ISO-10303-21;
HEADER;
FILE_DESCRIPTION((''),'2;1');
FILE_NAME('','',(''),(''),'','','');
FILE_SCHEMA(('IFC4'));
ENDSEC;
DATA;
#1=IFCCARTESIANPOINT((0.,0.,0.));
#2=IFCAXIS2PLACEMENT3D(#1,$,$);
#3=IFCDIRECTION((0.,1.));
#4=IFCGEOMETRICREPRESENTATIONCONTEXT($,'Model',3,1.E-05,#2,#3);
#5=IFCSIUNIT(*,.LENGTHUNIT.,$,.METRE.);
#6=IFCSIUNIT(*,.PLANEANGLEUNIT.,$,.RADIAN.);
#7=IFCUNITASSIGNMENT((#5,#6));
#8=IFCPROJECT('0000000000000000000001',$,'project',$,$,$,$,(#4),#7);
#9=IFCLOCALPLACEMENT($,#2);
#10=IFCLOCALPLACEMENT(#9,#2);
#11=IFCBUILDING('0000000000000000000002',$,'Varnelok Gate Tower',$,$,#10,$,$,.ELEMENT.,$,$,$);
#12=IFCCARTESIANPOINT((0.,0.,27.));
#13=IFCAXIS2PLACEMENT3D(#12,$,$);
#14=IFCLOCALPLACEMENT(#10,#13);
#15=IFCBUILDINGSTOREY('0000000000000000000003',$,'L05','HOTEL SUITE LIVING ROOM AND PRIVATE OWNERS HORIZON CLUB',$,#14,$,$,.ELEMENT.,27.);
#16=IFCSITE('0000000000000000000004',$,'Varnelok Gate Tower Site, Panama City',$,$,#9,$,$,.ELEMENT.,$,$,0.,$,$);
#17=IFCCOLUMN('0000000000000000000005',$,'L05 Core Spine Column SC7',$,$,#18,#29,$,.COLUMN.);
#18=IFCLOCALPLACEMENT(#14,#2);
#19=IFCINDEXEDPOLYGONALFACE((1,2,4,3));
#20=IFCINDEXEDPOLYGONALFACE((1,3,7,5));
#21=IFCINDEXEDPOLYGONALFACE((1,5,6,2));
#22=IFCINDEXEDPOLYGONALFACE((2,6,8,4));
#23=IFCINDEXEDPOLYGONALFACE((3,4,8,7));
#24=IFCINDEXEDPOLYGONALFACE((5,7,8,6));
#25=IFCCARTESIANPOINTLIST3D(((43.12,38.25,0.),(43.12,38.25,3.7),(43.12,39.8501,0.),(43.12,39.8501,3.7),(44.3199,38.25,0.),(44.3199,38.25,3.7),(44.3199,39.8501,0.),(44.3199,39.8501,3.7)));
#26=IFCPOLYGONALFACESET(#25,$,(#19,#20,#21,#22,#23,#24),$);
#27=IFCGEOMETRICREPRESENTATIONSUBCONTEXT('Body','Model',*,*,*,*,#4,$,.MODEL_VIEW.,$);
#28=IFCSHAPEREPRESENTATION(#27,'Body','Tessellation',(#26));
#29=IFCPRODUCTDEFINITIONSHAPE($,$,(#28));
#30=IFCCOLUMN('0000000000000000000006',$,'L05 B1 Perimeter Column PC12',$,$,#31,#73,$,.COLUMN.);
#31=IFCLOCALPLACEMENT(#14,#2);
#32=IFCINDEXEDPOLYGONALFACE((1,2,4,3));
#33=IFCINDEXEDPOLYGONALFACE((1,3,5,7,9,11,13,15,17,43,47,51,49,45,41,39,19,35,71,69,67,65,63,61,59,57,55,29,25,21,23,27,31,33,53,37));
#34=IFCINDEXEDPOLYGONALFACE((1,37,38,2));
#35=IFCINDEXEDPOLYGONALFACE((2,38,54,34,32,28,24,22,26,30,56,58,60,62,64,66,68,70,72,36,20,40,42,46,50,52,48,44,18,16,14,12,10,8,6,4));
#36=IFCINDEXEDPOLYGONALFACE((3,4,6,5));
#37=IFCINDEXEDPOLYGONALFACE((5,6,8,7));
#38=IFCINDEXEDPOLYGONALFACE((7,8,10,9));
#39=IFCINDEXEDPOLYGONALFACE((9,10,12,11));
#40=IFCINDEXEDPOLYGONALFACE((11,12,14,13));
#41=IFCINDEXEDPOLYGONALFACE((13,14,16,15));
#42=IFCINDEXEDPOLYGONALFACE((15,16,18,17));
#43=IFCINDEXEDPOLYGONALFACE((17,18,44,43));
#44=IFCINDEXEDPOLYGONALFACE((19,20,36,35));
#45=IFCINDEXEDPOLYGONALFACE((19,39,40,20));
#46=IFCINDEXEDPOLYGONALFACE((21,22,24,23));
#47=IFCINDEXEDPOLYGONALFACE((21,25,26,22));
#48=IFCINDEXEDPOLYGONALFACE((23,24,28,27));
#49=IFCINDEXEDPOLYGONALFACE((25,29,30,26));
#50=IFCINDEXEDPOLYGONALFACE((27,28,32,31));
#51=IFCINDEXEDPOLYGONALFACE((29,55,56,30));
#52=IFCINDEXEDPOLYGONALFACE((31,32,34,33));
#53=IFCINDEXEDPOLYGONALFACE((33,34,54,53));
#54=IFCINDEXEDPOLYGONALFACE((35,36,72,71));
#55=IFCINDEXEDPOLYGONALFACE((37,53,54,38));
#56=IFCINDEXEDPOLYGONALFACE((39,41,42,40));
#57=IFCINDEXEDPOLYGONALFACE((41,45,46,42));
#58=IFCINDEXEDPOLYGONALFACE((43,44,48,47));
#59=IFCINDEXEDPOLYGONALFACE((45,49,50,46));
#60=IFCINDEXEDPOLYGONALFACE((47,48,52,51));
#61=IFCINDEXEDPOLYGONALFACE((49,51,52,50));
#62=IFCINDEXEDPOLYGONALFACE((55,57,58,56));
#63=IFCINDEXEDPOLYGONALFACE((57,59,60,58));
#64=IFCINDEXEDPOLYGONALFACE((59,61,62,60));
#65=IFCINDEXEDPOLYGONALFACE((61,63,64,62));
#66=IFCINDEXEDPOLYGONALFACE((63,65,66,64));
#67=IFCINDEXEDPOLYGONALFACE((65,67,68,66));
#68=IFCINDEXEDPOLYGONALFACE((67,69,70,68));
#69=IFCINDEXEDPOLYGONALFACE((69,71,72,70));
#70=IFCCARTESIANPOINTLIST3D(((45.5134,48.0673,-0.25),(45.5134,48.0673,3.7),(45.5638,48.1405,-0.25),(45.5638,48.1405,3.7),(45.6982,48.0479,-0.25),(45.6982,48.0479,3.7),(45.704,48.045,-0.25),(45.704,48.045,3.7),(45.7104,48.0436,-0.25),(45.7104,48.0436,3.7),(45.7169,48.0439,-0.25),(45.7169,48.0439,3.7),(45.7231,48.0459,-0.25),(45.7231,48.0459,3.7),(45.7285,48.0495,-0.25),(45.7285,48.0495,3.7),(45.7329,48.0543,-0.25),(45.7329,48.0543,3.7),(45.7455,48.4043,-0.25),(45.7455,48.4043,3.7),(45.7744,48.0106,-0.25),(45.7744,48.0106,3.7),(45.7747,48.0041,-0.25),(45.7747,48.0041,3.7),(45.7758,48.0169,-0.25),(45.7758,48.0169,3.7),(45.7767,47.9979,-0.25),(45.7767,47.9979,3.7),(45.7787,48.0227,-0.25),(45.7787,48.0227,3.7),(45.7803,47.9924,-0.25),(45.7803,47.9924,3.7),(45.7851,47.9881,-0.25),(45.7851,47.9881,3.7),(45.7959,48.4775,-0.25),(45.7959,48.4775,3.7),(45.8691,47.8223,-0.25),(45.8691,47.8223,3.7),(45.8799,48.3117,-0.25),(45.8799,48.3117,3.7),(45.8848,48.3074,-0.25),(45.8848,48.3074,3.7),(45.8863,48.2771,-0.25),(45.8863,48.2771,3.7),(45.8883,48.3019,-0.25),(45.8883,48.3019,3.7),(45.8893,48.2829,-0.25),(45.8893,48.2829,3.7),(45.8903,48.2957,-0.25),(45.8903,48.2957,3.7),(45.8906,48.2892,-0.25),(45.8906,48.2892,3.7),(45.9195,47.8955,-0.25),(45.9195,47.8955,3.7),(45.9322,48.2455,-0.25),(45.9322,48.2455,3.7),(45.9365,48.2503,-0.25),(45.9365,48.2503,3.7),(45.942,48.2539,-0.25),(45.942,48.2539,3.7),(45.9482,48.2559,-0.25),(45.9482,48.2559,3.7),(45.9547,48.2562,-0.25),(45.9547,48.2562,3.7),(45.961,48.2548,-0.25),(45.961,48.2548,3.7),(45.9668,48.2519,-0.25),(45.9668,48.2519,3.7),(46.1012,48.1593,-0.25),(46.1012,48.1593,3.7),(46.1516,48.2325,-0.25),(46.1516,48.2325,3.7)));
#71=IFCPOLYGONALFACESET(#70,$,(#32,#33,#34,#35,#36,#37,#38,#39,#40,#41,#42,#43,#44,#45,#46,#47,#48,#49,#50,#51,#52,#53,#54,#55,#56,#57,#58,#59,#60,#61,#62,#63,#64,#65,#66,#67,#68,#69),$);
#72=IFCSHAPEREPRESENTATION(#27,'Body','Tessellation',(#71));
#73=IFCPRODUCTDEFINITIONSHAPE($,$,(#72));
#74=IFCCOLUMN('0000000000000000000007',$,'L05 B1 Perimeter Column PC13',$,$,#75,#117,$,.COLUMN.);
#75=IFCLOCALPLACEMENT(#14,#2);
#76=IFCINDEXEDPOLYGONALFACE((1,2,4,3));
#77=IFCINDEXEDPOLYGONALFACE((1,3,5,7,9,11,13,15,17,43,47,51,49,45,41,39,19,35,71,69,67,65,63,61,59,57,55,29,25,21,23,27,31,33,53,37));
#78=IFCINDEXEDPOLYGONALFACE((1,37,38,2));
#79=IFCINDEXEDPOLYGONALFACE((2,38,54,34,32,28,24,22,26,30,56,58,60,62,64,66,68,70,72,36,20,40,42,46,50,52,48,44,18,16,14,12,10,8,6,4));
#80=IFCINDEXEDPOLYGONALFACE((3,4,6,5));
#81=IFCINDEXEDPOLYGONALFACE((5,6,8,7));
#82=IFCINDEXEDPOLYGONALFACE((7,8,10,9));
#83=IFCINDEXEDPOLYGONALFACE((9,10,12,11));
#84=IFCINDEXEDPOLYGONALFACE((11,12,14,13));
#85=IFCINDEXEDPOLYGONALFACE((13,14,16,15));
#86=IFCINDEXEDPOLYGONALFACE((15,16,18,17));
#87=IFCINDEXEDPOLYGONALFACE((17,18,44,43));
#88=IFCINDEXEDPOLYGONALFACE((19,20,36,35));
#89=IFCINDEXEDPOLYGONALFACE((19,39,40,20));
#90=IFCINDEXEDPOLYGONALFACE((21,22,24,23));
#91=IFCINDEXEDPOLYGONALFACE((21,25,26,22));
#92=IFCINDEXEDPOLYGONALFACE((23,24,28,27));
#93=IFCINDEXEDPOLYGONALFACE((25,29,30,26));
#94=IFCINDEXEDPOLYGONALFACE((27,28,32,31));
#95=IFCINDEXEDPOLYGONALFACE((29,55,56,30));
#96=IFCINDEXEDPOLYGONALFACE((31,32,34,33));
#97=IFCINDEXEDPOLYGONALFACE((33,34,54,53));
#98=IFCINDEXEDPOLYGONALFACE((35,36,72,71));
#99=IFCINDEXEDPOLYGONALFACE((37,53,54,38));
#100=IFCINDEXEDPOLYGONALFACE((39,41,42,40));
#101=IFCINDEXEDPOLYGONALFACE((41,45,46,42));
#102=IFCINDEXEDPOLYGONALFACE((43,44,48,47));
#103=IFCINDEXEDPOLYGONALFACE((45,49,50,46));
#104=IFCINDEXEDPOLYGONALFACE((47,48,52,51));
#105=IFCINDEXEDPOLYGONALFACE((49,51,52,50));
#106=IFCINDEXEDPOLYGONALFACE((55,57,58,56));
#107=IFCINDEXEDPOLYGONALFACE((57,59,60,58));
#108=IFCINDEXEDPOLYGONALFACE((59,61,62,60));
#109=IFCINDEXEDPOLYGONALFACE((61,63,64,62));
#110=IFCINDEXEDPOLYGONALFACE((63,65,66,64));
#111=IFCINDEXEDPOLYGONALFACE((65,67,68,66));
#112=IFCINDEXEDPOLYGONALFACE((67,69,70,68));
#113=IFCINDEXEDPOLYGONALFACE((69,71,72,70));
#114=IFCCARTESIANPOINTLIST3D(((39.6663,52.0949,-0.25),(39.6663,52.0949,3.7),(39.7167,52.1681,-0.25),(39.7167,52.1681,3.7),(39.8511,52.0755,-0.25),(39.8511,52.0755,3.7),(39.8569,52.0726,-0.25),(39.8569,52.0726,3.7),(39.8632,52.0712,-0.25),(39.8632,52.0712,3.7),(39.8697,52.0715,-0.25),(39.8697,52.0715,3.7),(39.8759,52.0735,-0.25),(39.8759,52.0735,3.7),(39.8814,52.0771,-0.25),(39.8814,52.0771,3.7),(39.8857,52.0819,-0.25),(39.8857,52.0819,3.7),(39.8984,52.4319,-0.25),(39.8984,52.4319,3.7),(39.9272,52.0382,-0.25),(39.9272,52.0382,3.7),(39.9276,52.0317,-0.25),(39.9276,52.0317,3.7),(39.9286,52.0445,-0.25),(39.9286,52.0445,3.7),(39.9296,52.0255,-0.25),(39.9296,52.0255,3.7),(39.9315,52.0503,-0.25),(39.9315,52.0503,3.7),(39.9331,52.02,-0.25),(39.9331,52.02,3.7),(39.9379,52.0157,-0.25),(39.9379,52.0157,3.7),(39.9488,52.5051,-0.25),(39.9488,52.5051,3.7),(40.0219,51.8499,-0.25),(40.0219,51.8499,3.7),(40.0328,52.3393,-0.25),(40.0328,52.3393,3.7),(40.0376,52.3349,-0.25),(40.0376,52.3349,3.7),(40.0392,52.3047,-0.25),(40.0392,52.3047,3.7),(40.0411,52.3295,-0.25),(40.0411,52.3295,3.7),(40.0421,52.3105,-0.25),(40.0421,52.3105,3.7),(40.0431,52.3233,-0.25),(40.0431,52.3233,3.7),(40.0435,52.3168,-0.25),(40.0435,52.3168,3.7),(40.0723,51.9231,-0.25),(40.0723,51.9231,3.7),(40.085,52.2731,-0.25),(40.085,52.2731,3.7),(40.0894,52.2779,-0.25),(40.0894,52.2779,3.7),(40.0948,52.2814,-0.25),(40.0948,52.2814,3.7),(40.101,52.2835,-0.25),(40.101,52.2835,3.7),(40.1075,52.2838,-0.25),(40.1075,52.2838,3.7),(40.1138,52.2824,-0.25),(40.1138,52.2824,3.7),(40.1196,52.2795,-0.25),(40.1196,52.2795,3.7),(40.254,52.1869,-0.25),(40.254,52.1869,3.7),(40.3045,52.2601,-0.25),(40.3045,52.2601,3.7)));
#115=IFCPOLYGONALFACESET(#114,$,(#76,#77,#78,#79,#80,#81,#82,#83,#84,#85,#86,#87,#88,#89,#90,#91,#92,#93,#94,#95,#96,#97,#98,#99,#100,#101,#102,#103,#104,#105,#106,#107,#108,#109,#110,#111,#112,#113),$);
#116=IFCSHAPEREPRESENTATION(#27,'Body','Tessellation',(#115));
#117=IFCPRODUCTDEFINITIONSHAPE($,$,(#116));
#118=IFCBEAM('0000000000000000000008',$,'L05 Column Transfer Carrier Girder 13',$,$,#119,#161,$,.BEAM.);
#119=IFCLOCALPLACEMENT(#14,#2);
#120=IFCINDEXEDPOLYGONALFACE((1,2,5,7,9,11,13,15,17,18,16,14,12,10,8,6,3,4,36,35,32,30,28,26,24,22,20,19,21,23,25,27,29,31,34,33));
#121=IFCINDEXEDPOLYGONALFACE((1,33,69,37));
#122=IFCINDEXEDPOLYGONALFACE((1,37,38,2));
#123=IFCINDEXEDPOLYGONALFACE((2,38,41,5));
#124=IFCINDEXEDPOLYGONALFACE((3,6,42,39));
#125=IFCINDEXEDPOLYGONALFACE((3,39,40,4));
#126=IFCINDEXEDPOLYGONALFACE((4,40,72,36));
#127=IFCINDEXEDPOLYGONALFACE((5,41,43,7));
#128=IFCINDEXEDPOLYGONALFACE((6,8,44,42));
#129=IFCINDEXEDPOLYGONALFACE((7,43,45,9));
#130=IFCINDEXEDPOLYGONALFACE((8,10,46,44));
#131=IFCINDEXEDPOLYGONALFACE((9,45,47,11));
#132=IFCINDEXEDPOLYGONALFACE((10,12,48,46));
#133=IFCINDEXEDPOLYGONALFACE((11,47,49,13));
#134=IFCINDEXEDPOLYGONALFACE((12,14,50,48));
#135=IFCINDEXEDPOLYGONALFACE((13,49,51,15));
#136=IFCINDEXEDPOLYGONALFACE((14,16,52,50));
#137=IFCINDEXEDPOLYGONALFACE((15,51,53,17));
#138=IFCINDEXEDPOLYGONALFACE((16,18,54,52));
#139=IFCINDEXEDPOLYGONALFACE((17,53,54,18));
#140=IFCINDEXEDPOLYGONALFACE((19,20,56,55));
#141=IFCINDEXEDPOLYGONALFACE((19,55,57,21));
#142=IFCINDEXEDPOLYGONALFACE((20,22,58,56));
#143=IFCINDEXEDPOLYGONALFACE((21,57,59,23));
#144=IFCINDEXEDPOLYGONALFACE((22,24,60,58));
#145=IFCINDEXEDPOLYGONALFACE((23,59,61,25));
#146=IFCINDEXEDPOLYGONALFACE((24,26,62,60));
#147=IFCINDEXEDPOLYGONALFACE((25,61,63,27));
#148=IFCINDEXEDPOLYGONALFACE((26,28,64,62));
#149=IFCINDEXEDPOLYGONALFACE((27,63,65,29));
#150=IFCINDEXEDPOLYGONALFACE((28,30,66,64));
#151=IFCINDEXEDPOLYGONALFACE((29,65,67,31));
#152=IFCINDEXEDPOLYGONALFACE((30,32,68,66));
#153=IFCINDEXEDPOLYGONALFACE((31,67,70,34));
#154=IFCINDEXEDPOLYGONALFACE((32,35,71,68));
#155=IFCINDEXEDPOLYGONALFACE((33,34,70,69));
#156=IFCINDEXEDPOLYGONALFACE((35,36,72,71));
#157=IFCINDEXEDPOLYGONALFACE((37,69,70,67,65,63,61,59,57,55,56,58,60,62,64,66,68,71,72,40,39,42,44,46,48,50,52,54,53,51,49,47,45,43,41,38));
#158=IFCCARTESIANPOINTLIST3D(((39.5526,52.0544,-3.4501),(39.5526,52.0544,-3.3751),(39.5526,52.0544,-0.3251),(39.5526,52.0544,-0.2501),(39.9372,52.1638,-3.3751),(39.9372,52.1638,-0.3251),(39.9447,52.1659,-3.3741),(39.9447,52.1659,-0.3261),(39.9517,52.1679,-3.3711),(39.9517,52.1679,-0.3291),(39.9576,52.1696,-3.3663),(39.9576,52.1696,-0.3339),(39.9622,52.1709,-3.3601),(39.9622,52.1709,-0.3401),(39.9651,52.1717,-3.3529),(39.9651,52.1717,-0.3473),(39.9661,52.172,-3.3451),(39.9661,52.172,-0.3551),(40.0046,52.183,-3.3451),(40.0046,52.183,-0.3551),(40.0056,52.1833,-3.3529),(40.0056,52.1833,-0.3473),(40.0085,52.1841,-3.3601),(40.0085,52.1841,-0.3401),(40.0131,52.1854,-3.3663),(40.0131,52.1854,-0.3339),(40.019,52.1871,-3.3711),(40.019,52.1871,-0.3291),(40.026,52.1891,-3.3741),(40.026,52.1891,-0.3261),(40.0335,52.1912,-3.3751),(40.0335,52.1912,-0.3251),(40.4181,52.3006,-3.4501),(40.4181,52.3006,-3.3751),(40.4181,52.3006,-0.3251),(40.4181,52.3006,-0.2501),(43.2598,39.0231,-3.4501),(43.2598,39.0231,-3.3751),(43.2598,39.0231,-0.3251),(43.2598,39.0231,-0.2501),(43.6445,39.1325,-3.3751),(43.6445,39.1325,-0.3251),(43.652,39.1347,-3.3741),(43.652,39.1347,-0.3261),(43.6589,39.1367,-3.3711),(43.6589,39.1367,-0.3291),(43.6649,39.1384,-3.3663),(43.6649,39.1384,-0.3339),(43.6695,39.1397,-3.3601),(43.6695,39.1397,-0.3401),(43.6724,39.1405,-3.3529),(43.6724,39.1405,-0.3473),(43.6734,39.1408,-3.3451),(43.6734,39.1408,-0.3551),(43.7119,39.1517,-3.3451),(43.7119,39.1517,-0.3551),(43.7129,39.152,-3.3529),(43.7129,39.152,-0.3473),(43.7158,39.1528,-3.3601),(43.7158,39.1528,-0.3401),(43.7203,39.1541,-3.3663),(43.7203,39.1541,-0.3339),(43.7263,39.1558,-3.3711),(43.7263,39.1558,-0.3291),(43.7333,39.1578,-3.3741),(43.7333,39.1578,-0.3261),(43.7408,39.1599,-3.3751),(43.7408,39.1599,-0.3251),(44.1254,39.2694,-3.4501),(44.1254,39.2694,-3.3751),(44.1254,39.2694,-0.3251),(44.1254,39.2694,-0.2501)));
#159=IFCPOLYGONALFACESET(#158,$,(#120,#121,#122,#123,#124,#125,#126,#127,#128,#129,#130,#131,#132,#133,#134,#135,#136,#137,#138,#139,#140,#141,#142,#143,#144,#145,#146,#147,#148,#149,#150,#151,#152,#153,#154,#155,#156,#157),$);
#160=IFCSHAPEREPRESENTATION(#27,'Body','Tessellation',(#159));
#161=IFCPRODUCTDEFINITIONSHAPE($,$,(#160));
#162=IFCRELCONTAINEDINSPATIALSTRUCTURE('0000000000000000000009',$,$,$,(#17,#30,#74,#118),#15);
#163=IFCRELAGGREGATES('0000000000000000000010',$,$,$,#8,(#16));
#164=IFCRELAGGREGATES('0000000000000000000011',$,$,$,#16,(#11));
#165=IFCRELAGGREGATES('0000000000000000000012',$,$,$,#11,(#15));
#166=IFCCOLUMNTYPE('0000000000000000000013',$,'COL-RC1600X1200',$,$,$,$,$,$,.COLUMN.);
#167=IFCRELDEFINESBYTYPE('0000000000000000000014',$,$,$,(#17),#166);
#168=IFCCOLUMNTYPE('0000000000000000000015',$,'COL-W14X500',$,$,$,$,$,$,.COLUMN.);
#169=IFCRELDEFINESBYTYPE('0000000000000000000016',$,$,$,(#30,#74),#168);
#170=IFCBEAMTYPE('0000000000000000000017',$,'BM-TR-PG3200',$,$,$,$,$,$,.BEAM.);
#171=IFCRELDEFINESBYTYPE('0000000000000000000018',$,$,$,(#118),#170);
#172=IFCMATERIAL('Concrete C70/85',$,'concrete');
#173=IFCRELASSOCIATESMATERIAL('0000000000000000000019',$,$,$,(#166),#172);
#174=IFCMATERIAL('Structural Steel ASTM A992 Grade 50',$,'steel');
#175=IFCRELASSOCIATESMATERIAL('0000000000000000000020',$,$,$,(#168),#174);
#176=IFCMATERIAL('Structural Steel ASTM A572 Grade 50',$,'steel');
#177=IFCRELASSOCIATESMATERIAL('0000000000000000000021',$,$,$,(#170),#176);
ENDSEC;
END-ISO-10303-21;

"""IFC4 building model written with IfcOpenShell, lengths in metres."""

from ifc_helpers import new_model, si_unit, direction, frame, origin, origin_2d, place, context, subcontext, project, spatial, rectangle, i_section, extrude, material, material_profile, profile_set, type_object, element, save


model = new_model("IFC4")

# Units and contexts
model_context = context("Model", 3, precision=1e-05, world=origin(), true_north=direction((0.0, 1.0)))
body_context = subcontext(model_context, "Body", "Model", "MODEL_VIEW")
ifc_project = project(units=[si_unit("LENGTHUNIT", "METRE"), si_unit("PLANEANGLEUNIT", "RADIAN")], contexts=[model_context])

# Site, building, storey
site_placement = place(None, origin())
site = spatial("IfcSite", under=ifc_project, at=site_placement, Name="Varnelok Gate Tower Site, Panama City", CompositionType="ELEMENT", RefElevation=0.0)
building_placement = place(site_placement, origin())
building = spatial("IfcBuilding", under=site, at=building_placement, Name="Varnelok Gate Tower", CompositionType="ELEMENT")
storey_placement = place(building_placement, frame((0.0, 0.0, 27.0)))
storey = spatial("IfcBuildingStorey", under=building, at=storey_placement, Name="L05", Description="HOTEL SUITE LIVING ROOM AND PRIVATE OWNERS HORIZON CLUB", CompositionType="ELEMENT", Elevation=27.0)

# Columns
ifc_material_1 = material(Name="Concrete C70/85", Category="concrete")
ifc_material_profile_1 = material_profile(ifc_material_1, rectangle(XDim=1.2, YDim=1.6001, at=origin_2d()), Name="RC1600X1200")
ifc_profile_set_1 = profile_set([ifc_material_profile_1], Name="Concrete C70/85")
column_type_1 = type_object("IfcColumnType", Name="COL-RC1600X1200", PredefinedType="COLUMN", material=ifc_profile_set_1)
column_placement = place(storey_placement, frame((43.72, 39.05, 0.0), z_axis=(0.0, 0.0, 1.0), x_axis=(1.0, 0.0, 0.0)))
element("IfcColumn", 1, at=column_placement, inside=storey, type_object=column_type_1, Name="L05 Core Spine Column SC7", PredefinedType="COLUMN", context=body_context, shape_type="SweptSolid", body=[
    extrude(rectangle(XDim=1.2, YDim=1.6001, at=origin_2d()), origin(), (0.0, 0.0, 1.0), 3.7),
])
ifc_material_2 = material(Name="Structural Steel ASTM A992 Grade 50", Category="steel")
ifc_material_profile_2 = material_profile(ifc_material_2, i_section(OverallWidth=0.4319, OverallDepth=0.498, WebThickness=0.0557, FlangeThickness=0.0889, FilletRadius=0.0249, at=origin_2d()), Name="W14X500")
ifc_profile_set_2 = profile_set([ifc_material_profile_2], Name="Structural Steel ASTM A992 Grade 50")
column_type_2 = type_object("IfcColumnType", Name="COL-W14X500", PredefinedType="COLUMN", material=ifc_profile_set_2)
for number, where, z_axis, x_axis, name in (
    (2, (45.8325, 48.1499, -0.25), (0.0, 0.0, 1.0), (0.823533, -0.567269, 0.0), "L05 B1 Perimeter Column PC12"),
    (3, (39.9854, 52.1775, -0.25), (0.0, 0.0, 1.0), (0.823533, -0.567269, 0.0), "L05 B1 Perimeter Column PC13"),
):
    element("IfcColumn", number, at=place(storey_placement, frame(where, z_axis=z_axis, x_axis=x_axis)), inside=storey, type_object=column_type_2, Name=name, PredefinedType="COLUMN", context=body_context, shape_type="SweptSolid", body=[
        extrude(i_section(OverallWidth=0.4319, OverallDepth=0.498, WebThickness=0.0557, FlangeThickness=0.0889, FilletRadius=0.0249, at=origin_2d()), origin(), (0.0, 0.0, 1.0), 3.95),
    ])

# Beam
ifc_material_3 = material(Name="Structural Steel ASTM A572 Grade 50", Category="steel")
ifc_material_profile_3 = material_profile(ifc_material_3, i_section(OverallWidth=0.8999, OverallDepth=3.2, WebThickness=0.04, FlangeThickness=0.075, FilletRadius=0.03, at=origin_2d()), Name="PG3200X900")
ifc_profile_set_3 = profile_set([ifc_material_profile_3], Name="Structural Steel ASTM A572 Grade 50")
beam_type = type_object("IfcBeamType", Name="BM-TR-PG3200", PredefinedType="BEAM", material=ifc_profile_set_3)
beam_1_placement = place(storey_placement, frame((43.6926, 39.1462, -1.8501), z_axis=(-0.273633, 0.961834, 0.0), x_axis=(-0.961834, -0.273633, 0.0)))
element("IfcBeam", 4, at=beam_1_placement, inside=storey, type_object=beam_type, Name="L05 Column Transfer Carrier Girder 13", PredefinedType="BEAM", context=body_context, shape_type="SweptSolid", body=[
    extrude(i_section(OverallWidth=0.8999, OverallDepth=3.2, WebThickness=0.04, FlangeThickness=0.075, FilletRadius=0.03, at=origin_2d()), origin(), (0.0, 0.0, 1.0), 13.5483),
])

save(model, "model.ifc")
